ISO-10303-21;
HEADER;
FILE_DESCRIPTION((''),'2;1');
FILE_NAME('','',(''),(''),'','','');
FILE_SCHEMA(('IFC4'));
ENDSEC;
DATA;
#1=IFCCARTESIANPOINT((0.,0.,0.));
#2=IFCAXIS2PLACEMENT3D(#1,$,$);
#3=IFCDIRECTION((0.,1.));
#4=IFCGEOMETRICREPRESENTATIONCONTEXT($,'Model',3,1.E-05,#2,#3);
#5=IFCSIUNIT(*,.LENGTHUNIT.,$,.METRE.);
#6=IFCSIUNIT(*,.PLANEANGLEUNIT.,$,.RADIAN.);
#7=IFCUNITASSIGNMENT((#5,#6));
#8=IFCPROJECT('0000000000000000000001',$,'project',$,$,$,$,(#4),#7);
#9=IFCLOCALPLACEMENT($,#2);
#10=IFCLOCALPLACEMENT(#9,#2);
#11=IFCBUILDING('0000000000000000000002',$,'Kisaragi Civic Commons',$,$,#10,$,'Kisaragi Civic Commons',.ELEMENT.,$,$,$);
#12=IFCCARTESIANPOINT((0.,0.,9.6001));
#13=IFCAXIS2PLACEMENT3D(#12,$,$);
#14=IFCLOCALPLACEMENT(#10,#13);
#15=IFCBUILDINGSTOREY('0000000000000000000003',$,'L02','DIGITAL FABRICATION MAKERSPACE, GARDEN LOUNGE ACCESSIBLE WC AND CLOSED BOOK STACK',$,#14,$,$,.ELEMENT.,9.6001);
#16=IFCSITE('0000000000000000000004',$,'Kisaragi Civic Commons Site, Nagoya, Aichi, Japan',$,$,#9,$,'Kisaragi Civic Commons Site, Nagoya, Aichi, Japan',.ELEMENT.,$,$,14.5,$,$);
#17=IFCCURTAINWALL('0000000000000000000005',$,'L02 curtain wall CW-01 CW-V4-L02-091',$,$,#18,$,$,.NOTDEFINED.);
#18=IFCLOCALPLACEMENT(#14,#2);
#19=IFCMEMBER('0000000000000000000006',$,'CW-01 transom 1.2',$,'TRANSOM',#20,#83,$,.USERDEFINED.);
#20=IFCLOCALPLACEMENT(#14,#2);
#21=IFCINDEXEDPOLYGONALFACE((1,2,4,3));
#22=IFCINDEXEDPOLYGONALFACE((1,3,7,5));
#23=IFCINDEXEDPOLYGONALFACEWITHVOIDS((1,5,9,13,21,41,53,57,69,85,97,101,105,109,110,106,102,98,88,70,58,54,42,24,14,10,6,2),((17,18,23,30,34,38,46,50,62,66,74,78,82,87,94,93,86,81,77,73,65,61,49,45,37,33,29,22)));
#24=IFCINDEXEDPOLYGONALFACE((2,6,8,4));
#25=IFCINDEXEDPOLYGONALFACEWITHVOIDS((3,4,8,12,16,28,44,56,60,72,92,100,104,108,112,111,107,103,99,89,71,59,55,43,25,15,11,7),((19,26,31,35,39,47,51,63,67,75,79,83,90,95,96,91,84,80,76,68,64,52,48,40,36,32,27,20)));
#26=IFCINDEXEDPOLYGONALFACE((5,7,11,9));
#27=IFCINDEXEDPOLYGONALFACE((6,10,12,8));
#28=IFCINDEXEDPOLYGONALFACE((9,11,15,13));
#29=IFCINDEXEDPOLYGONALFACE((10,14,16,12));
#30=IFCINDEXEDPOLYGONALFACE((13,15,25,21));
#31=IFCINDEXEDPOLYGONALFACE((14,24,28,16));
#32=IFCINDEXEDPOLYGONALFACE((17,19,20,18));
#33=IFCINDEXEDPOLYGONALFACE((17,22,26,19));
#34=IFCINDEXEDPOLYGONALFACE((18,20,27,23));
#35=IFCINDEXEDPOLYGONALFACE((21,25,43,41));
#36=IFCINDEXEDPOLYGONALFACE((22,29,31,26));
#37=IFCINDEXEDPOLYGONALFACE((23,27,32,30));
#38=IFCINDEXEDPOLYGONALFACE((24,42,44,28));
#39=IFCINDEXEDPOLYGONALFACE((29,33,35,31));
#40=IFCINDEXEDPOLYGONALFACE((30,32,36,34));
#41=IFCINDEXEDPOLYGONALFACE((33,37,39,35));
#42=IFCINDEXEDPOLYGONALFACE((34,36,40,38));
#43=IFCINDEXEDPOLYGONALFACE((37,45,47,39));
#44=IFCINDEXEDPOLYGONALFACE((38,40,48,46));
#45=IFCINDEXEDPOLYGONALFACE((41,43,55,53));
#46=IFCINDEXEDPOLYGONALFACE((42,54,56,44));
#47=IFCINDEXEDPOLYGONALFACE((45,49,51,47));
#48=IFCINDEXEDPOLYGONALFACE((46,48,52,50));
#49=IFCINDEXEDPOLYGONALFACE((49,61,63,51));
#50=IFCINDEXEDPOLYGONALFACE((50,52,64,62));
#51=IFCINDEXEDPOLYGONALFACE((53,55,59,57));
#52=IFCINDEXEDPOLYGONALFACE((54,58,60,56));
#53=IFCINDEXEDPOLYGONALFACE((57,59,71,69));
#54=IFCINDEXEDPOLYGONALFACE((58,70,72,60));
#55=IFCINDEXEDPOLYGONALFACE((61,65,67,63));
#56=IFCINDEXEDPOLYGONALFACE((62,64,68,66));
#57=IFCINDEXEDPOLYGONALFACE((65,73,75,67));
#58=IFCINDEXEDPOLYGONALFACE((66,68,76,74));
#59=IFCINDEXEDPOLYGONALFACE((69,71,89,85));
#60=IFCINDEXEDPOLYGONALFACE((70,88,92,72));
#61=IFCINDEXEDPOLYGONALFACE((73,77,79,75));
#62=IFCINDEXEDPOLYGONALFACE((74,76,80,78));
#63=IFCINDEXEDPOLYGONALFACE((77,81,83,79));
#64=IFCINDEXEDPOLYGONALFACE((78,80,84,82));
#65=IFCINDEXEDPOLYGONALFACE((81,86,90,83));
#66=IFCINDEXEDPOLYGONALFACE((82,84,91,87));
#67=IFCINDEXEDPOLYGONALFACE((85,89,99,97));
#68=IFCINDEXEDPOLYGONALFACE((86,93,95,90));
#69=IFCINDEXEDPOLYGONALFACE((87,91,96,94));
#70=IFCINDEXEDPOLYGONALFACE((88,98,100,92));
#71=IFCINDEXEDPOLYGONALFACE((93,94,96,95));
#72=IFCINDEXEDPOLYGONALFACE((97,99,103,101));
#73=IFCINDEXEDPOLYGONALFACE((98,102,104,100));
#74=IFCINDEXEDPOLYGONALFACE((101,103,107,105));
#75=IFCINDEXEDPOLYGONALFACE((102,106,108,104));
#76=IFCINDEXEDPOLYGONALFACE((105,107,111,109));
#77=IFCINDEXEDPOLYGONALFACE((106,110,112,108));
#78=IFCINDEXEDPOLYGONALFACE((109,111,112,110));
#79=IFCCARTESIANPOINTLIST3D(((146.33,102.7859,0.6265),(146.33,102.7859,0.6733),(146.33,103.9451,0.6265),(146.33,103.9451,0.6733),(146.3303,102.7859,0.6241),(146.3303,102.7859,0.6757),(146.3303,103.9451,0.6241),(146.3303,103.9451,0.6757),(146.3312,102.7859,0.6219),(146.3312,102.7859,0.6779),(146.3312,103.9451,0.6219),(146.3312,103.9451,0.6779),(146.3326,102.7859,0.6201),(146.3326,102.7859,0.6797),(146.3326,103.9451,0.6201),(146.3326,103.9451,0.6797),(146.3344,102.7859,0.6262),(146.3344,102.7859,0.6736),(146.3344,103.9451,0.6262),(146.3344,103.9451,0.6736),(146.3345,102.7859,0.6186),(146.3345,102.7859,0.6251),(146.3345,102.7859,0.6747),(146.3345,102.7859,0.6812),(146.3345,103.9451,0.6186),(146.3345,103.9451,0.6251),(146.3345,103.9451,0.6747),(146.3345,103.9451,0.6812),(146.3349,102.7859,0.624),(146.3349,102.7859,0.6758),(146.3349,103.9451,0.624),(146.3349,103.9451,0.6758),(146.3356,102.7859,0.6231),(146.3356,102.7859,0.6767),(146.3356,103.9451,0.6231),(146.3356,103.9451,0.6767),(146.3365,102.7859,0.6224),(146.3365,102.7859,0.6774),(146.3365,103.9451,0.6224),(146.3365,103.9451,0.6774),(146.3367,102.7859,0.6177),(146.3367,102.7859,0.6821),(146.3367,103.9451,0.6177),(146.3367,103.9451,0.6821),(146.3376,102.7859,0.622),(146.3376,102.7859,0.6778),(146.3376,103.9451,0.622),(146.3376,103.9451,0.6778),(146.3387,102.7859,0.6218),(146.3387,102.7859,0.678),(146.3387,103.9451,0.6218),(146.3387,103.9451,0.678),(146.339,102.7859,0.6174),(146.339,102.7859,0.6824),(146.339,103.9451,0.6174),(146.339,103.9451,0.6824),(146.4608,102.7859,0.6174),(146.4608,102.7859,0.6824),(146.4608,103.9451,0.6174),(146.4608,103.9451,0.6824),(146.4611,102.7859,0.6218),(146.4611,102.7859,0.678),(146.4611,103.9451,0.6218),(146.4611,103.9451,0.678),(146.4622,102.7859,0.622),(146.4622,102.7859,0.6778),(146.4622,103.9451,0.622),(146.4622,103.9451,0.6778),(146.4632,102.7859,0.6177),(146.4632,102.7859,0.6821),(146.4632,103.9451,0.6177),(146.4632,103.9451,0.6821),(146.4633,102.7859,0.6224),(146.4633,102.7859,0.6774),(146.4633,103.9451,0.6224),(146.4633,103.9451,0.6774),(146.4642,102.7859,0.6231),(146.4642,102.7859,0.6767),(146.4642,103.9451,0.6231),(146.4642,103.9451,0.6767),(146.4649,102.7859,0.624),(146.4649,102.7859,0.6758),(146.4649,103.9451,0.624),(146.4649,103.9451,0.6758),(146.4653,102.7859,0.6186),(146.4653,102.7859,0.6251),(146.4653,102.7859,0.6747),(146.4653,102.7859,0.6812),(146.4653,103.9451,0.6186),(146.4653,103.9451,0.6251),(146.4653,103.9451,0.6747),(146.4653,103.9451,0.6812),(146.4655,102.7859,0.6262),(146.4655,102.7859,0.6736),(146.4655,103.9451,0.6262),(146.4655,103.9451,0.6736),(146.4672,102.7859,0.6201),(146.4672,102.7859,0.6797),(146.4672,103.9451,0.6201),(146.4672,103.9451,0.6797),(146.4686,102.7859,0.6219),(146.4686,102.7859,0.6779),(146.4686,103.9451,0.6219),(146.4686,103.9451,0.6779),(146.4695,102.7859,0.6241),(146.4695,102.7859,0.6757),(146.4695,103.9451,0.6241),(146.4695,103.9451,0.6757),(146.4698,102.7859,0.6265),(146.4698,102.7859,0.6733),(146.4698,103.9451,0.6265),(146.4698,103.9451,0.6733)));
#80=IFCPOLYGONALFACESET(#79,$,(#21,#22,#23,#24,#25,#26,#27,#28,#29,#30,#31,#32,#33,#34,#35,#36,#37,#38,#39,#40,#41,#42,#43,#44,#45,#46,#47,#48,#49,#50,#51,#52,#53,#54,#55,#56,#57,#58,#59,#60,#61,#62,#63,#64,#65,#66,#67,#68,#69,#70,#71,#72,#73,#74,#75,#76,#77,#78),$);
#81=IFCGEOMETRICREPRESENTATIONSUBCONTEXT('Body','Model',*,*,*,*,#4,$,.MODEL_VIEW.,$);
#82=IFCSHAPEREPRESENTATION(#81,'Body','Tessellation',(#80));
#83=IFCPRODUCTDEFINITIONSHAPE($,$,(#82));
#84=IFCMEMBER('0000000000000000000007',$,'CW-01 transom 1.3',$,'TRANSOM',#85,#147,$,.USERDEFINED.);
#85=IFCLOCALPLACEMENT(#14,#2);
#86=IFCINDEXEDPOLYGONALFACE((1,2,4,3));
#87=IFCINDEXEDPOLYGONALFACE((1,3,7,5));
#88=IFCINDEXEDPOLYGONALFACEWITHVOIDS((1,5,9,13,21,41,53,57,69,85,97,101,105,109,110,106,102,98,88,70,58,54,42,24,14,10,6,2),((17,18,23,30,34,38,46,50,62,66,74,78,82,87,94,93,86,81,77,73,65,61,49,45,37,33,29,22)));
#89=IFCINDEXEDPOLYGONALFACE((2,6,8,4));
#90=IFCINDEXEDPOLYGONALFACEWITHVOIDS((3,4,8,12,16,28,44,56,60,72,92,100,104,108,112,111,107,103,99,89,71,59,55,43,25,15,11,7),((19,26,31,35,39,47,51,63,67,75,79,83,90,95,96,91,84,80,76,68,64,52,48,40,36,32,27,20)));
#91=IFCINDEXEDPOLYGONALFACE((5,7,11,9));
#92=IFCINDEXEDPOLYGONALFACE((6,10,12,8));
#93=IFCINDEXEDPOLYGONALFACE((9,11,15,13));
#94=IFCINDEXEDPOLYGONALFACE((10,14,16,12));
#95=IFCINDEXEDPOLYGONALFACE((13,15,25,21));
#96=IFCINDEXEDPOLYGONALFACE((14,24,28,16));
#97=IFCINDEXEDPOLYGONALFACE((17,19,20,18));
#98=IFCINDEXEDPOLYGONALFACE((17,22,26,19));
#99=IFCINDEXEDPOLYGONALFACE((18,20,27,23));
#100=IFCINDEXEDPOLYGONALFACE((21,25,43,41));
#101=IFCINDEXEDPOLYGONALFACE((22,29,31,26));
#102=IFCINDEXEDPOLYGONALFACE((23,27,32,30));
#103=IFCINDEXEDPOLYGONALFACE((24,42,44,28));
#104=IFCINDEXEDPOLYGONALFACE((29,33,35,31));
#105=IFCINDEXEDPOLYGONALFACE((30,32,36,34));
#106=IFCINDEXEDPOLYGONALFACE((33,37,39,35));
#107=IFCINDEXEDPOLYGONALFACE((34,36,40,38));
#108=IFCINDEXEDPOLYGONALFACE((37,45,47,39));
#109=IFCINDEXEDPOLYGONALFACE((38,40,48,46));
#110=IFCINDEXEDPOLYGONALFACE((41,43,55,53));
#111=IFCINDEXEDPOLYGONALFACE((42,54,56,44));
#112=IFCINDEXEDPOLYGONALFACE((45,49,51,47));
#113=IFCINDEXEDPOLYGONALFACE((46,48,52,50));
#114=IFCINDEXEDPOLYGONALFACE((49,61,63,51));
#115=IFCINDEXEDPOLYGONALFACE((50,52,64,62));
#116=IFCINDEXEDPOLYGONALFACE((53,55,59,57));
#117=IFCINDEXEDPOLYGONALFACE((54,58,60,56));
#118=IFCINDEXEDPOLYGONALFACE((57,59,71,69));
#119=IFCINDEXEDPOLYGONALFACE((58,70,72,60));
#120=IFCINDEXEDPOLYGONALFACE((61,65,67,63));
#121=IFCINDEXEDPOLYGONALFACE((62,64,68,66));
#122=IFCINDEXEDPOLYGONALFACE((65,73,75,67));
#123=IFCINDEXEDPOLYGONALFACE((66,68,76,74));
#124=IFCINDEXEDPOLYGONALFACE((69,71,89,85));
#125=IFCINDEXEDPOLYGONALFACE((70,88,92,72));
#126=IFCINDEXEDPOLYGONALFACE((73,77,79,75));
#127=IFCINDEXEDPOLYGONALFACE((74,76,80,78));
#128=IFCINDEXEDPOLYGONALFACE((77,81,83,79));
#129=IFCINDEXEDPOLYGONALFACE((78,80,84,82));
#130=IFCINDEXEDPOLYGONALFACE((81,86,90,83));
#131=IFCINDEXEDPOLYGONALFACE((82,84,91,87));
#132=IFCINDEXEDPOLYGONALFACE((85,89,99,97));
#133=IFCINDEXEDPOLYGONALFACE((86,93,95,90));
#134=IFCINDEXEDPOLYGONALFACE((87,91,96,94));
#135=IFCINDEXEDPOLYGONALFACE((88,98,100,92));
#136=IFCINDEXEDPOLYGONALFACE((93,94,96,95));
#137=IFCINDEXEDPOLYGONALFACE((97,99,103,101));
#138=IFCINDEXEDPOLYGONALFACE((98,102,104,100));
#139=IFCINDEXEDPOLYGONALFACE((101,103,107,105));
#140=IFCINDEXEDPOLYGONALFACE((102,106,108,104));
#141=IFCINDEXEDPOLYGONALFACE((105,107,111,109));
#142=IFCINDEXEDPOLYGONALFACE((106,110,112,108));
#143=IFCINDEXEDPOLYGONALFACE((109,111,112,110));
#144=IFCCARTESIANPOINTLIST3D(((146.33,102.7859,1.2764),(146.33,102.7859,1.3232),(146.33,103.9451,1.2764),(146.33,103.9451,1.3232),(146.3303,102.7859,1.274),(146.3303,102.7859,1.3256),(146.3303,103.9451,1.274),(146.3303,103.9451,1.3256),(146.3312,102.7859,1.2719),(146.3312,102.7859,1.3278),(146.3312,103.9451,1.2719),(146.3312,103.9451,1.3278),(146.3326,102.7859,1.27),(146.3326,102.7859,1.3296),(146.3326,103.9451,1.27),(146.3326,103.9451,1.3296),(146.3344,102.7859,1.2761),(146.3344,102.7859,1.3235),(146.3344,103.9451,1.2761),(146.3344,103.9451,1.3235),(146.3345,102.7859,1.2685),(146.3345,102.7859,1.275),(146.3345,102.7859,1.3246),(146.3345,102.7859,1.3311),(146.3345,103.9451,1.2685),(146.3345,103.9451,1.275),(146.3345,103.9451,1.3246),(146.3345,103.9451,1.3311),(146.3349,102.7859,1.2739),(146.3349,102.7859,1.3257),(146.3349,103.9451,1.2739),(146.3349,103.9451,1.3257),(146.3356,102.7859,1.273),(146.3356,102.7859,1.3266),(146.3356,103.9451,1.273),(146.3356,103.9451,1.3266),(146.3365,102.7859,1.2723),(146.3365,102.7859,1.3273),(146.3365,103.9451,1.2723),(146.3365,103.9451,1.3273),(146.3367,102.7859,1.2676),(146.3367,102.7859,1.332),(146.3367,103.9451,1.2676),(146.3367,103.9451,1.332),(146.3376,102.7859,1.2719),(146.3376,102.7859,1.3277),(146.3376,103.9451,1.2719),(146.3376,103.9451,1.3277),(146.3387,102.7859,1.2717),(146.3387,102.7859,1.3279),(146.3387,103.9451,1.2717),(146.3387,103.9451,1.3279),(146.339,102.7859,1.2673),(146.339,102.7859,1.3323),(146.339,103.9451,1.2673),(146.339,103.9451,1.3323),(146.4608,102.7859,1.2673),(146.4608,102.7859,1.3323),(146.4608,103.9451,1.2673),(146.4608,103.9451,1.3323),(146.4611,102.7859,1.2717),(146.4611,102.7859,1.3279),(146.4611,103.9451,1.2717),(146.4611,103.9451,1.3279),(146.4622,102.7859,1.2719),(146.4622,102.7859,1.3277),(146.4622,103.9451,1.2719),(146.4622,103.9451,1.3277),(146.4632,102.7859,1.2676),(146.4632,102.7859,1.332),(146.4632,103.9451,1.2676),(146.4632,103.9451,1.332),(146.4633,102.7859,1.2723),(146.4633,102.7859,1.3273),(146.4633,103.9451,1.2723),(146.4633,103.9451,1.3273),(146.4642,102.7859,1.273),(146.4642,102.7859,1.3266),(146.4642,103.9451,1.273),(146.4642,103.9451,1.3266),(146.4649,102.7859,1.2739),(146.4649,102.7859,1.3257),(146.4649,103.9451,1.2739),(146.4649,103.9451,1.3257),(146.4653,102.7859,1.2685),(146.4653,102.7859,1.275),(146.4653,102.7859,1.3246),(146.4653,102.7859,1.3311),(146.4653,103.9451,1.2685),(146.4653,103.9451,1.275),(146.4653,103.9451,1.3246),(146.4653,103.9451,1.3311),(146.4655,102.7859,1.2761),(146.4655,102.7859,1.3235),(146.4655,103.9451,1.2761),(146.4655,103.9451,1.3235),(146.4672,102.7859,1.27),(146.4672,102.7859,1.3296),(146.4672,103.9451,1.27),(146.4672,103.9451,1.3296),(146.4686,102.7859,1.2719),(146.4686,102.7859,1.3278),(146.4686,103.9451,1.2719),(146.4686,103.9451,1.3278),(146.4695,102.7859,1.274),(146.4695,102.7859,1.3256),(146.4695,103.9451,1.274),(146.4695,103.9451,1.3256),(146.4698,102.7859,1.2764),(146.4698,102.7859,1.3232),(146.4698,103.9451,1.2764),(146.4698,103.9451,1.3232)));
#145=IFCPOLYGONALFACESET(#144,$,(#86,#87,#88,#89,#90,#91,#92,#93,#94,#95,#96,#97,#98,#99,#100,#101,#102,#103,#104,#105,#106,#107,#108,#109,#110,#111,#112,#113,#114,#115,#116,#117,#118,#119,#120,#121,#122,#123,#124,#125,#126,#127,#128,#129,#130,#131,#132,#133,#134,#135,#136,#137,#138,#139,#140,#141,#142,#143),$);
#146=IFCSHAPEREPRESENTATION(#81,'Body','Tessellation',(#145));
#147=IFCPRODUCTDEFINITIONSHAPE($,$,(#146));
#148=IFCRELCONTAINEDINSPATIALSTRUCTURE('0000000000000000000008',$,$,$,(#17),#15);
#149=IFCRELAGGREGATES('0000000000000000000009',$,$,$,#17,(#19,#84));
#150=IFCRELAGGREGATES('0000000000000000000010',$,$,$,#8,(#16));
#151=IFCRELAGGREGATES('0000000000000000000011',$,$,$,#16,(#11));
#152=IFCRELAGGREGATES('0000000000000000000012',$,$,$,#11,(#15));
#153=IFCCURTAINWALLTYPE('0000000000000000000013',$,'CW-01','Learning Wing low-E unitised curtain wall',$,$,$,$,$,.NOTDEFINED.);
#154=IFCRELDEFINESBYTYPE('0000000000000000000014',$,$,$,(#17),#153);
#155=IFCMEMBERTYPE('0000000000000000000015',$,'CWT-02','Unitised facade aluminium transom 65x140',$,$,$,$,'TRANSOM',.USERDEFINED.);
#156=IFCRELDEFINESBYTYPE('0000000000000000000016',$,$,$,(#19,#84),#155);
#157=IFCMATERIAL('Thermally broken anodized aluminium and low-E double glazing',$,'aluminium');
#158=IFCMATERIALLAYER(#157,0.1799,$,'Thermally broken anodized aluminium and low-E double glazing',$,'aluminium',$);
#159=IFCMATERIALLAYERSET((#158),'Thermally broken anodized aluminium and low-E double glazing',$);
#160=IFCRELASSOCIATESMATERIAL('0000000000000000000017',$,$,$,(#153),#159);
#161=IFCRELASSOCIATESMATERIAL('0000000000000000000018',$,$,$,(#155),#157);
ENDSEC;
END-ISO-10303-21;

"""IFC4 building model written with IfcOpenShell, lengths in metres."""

from ifc_helpers import new_model, si_unit, direction, frame, origin, origin_2d, place, context, subcontext, project, spatial, hollow_rectangle, extrude, material, layer, layer_set, material_profile, profile_set, type_object, element, aggregate, save


model = new_model("IFC4")

# Units and contexts
model_context = context("Model", 3, precision=1e-05, world=origin(), true_north=direction((0.0, 1.0)))
body_context = subcontext(model_context, "Body", "Model", "MODEL_VIEW")
ifc_project = project(units=[si_unit("LENGTHUNIT", "METRE"), si_unit("PLANEANGLEUNIT", "RADIAN")], contexts=[model_context])

# Site, building, storey
site_placement = place(None, origin())
site = spatial("IfcSite", under=ifc_project, at=site_placement, Name="Kisaragi Civic Commons Site, Nagoya, Aichi, Japan", LongName="Kisaragi Civic Commons Site, Nagoya, Aichi, Japan", CompositionType="ELEMENT", RefElevation=14.5)
building_placement = place(site_placement, origin())
building = spatial("IfcBuilding", under=site, at=building_placement, Name="Kisaragi Civic Commons", LongName="Kisaragi Civic Commons", CompositionType="ELEMENT")
storey_placement = place(building_placement, frame((0.0, 0.0, 9.6001)))
storey = spatial("IfcBuildingStorey", under=building, at=storey_placement, Name="L02", Description="DIGITAL FABRICATION MAKERSPACE, GARDEN LOUNGE ACCESSIBLE WC AND CLOSED BOOK STACK", CompositionType="ELEMENT", Elevation=9.6001)

# Curtain wall
ifc_material_1 = material(Name="Thermally broken anodized aluminium and low-E double glazing", Category="aluminium")
ifc_layer_1 = layer(ifc_material_1, 0.1799, Name="Thermally broken anodized aluminium and low-E double glazing", Category="aluminium")
ifc_layer_set_1 = layer_set([ifc_layer_1], Name="Thermally broken anodized aluminium and low-E double glazing")
curtain_wall_type = type_object("IfcCurtainWallType", Name="CW-01", Description="Learning Wing low-E unitised curtain wall", PredefinedType="NOTDEFINED", material=ifc_layer_set_1)
curtain_wall_1_placement = place(storey_placement, origin())
curtain_wall_1 = element("IfcCurtainWall", 1, at=curtain_wall_1_placement, inside=storey, type_object=curtain_wall_type, Name="L02 curtain wall CW-01 CW-V4-L02-091", PredefinedType="NOTDEFINED")

# Members
ifc_material_profile_1 = material_profile(ifc_material_1, hollow_rectangle(XDim=0.1399, YDim=0.0649, WallThickness=0.0044, InnerFilletRadius=0.0044, OuterFilletRadius=0.009, at=origin_2d()), Name="CWT-65x140x4.5", Category="aluminium")
ifc_profile_set_1 = profile_set([ifc_material_profile_1], Name="Thermally broken anodized aluminium and low-E double glazing")
member_type_1 = type_object("IfcMemberType", Name="CWT-02", Description="Unitised facade aluminium transom 65x140", ElementType="TRANSOM", PredefinedType="USERDEFINED", material=ifc_profile_set_1)
member_1_placement = place(storey_placement, frame((146.3999, 103.9451, 0.6499), z_axis=(0.0, -1.0, 0.0), x_axis=(1.0, 0.0, 0.0)))
member_1 = element("IfcMember", 2, at=member_1_placement, type_object=member_type_1, Name="CW-01 transom 1.2", ObjectType="TRANSOM", PredefinedType="USERDEFINED", context=body_context, shape_type="SweptSolid", body=[
    extrude(hollow_rectangle(XDim=0.1399, YDim=0.0649, WallThickness=0.0044, InnerFilletRadius=0.0044, OuterFilletRadius=0.009, at=origin_2d()), origin(), (0.0, 0.0, 1.0), 1.1592),
])
member_2_placement = place(storey_placement, frame((146.3999, 103.9451, 1.2998), z_axis=(0.0, -1.0, 0.0), x_axis=(1.0, 0.0, 0.0)))
member_2 = element("IfcMember", 3, at=member_2_placement, type_object=member_type_1, Name="CW-01 transom 1.3", ObjectType="TRANSOM", PredefinedType="USERDEFINED", context=body_context, shape_type="SweptSolid", body=[
    extrude(hollow_rectangle(XDim=0.1399, YDim=0.0649, WallThickness=0.0044, InnerFilletRadius=0.0044, OuterFilletRadius=0.009, at=origin_2d()), origin(), (0.0, 0.0, 1.0), 1.1592),
])

aggregate(curtain_wall_1, [member_1, member_2])

save(model, "model.ifc")
